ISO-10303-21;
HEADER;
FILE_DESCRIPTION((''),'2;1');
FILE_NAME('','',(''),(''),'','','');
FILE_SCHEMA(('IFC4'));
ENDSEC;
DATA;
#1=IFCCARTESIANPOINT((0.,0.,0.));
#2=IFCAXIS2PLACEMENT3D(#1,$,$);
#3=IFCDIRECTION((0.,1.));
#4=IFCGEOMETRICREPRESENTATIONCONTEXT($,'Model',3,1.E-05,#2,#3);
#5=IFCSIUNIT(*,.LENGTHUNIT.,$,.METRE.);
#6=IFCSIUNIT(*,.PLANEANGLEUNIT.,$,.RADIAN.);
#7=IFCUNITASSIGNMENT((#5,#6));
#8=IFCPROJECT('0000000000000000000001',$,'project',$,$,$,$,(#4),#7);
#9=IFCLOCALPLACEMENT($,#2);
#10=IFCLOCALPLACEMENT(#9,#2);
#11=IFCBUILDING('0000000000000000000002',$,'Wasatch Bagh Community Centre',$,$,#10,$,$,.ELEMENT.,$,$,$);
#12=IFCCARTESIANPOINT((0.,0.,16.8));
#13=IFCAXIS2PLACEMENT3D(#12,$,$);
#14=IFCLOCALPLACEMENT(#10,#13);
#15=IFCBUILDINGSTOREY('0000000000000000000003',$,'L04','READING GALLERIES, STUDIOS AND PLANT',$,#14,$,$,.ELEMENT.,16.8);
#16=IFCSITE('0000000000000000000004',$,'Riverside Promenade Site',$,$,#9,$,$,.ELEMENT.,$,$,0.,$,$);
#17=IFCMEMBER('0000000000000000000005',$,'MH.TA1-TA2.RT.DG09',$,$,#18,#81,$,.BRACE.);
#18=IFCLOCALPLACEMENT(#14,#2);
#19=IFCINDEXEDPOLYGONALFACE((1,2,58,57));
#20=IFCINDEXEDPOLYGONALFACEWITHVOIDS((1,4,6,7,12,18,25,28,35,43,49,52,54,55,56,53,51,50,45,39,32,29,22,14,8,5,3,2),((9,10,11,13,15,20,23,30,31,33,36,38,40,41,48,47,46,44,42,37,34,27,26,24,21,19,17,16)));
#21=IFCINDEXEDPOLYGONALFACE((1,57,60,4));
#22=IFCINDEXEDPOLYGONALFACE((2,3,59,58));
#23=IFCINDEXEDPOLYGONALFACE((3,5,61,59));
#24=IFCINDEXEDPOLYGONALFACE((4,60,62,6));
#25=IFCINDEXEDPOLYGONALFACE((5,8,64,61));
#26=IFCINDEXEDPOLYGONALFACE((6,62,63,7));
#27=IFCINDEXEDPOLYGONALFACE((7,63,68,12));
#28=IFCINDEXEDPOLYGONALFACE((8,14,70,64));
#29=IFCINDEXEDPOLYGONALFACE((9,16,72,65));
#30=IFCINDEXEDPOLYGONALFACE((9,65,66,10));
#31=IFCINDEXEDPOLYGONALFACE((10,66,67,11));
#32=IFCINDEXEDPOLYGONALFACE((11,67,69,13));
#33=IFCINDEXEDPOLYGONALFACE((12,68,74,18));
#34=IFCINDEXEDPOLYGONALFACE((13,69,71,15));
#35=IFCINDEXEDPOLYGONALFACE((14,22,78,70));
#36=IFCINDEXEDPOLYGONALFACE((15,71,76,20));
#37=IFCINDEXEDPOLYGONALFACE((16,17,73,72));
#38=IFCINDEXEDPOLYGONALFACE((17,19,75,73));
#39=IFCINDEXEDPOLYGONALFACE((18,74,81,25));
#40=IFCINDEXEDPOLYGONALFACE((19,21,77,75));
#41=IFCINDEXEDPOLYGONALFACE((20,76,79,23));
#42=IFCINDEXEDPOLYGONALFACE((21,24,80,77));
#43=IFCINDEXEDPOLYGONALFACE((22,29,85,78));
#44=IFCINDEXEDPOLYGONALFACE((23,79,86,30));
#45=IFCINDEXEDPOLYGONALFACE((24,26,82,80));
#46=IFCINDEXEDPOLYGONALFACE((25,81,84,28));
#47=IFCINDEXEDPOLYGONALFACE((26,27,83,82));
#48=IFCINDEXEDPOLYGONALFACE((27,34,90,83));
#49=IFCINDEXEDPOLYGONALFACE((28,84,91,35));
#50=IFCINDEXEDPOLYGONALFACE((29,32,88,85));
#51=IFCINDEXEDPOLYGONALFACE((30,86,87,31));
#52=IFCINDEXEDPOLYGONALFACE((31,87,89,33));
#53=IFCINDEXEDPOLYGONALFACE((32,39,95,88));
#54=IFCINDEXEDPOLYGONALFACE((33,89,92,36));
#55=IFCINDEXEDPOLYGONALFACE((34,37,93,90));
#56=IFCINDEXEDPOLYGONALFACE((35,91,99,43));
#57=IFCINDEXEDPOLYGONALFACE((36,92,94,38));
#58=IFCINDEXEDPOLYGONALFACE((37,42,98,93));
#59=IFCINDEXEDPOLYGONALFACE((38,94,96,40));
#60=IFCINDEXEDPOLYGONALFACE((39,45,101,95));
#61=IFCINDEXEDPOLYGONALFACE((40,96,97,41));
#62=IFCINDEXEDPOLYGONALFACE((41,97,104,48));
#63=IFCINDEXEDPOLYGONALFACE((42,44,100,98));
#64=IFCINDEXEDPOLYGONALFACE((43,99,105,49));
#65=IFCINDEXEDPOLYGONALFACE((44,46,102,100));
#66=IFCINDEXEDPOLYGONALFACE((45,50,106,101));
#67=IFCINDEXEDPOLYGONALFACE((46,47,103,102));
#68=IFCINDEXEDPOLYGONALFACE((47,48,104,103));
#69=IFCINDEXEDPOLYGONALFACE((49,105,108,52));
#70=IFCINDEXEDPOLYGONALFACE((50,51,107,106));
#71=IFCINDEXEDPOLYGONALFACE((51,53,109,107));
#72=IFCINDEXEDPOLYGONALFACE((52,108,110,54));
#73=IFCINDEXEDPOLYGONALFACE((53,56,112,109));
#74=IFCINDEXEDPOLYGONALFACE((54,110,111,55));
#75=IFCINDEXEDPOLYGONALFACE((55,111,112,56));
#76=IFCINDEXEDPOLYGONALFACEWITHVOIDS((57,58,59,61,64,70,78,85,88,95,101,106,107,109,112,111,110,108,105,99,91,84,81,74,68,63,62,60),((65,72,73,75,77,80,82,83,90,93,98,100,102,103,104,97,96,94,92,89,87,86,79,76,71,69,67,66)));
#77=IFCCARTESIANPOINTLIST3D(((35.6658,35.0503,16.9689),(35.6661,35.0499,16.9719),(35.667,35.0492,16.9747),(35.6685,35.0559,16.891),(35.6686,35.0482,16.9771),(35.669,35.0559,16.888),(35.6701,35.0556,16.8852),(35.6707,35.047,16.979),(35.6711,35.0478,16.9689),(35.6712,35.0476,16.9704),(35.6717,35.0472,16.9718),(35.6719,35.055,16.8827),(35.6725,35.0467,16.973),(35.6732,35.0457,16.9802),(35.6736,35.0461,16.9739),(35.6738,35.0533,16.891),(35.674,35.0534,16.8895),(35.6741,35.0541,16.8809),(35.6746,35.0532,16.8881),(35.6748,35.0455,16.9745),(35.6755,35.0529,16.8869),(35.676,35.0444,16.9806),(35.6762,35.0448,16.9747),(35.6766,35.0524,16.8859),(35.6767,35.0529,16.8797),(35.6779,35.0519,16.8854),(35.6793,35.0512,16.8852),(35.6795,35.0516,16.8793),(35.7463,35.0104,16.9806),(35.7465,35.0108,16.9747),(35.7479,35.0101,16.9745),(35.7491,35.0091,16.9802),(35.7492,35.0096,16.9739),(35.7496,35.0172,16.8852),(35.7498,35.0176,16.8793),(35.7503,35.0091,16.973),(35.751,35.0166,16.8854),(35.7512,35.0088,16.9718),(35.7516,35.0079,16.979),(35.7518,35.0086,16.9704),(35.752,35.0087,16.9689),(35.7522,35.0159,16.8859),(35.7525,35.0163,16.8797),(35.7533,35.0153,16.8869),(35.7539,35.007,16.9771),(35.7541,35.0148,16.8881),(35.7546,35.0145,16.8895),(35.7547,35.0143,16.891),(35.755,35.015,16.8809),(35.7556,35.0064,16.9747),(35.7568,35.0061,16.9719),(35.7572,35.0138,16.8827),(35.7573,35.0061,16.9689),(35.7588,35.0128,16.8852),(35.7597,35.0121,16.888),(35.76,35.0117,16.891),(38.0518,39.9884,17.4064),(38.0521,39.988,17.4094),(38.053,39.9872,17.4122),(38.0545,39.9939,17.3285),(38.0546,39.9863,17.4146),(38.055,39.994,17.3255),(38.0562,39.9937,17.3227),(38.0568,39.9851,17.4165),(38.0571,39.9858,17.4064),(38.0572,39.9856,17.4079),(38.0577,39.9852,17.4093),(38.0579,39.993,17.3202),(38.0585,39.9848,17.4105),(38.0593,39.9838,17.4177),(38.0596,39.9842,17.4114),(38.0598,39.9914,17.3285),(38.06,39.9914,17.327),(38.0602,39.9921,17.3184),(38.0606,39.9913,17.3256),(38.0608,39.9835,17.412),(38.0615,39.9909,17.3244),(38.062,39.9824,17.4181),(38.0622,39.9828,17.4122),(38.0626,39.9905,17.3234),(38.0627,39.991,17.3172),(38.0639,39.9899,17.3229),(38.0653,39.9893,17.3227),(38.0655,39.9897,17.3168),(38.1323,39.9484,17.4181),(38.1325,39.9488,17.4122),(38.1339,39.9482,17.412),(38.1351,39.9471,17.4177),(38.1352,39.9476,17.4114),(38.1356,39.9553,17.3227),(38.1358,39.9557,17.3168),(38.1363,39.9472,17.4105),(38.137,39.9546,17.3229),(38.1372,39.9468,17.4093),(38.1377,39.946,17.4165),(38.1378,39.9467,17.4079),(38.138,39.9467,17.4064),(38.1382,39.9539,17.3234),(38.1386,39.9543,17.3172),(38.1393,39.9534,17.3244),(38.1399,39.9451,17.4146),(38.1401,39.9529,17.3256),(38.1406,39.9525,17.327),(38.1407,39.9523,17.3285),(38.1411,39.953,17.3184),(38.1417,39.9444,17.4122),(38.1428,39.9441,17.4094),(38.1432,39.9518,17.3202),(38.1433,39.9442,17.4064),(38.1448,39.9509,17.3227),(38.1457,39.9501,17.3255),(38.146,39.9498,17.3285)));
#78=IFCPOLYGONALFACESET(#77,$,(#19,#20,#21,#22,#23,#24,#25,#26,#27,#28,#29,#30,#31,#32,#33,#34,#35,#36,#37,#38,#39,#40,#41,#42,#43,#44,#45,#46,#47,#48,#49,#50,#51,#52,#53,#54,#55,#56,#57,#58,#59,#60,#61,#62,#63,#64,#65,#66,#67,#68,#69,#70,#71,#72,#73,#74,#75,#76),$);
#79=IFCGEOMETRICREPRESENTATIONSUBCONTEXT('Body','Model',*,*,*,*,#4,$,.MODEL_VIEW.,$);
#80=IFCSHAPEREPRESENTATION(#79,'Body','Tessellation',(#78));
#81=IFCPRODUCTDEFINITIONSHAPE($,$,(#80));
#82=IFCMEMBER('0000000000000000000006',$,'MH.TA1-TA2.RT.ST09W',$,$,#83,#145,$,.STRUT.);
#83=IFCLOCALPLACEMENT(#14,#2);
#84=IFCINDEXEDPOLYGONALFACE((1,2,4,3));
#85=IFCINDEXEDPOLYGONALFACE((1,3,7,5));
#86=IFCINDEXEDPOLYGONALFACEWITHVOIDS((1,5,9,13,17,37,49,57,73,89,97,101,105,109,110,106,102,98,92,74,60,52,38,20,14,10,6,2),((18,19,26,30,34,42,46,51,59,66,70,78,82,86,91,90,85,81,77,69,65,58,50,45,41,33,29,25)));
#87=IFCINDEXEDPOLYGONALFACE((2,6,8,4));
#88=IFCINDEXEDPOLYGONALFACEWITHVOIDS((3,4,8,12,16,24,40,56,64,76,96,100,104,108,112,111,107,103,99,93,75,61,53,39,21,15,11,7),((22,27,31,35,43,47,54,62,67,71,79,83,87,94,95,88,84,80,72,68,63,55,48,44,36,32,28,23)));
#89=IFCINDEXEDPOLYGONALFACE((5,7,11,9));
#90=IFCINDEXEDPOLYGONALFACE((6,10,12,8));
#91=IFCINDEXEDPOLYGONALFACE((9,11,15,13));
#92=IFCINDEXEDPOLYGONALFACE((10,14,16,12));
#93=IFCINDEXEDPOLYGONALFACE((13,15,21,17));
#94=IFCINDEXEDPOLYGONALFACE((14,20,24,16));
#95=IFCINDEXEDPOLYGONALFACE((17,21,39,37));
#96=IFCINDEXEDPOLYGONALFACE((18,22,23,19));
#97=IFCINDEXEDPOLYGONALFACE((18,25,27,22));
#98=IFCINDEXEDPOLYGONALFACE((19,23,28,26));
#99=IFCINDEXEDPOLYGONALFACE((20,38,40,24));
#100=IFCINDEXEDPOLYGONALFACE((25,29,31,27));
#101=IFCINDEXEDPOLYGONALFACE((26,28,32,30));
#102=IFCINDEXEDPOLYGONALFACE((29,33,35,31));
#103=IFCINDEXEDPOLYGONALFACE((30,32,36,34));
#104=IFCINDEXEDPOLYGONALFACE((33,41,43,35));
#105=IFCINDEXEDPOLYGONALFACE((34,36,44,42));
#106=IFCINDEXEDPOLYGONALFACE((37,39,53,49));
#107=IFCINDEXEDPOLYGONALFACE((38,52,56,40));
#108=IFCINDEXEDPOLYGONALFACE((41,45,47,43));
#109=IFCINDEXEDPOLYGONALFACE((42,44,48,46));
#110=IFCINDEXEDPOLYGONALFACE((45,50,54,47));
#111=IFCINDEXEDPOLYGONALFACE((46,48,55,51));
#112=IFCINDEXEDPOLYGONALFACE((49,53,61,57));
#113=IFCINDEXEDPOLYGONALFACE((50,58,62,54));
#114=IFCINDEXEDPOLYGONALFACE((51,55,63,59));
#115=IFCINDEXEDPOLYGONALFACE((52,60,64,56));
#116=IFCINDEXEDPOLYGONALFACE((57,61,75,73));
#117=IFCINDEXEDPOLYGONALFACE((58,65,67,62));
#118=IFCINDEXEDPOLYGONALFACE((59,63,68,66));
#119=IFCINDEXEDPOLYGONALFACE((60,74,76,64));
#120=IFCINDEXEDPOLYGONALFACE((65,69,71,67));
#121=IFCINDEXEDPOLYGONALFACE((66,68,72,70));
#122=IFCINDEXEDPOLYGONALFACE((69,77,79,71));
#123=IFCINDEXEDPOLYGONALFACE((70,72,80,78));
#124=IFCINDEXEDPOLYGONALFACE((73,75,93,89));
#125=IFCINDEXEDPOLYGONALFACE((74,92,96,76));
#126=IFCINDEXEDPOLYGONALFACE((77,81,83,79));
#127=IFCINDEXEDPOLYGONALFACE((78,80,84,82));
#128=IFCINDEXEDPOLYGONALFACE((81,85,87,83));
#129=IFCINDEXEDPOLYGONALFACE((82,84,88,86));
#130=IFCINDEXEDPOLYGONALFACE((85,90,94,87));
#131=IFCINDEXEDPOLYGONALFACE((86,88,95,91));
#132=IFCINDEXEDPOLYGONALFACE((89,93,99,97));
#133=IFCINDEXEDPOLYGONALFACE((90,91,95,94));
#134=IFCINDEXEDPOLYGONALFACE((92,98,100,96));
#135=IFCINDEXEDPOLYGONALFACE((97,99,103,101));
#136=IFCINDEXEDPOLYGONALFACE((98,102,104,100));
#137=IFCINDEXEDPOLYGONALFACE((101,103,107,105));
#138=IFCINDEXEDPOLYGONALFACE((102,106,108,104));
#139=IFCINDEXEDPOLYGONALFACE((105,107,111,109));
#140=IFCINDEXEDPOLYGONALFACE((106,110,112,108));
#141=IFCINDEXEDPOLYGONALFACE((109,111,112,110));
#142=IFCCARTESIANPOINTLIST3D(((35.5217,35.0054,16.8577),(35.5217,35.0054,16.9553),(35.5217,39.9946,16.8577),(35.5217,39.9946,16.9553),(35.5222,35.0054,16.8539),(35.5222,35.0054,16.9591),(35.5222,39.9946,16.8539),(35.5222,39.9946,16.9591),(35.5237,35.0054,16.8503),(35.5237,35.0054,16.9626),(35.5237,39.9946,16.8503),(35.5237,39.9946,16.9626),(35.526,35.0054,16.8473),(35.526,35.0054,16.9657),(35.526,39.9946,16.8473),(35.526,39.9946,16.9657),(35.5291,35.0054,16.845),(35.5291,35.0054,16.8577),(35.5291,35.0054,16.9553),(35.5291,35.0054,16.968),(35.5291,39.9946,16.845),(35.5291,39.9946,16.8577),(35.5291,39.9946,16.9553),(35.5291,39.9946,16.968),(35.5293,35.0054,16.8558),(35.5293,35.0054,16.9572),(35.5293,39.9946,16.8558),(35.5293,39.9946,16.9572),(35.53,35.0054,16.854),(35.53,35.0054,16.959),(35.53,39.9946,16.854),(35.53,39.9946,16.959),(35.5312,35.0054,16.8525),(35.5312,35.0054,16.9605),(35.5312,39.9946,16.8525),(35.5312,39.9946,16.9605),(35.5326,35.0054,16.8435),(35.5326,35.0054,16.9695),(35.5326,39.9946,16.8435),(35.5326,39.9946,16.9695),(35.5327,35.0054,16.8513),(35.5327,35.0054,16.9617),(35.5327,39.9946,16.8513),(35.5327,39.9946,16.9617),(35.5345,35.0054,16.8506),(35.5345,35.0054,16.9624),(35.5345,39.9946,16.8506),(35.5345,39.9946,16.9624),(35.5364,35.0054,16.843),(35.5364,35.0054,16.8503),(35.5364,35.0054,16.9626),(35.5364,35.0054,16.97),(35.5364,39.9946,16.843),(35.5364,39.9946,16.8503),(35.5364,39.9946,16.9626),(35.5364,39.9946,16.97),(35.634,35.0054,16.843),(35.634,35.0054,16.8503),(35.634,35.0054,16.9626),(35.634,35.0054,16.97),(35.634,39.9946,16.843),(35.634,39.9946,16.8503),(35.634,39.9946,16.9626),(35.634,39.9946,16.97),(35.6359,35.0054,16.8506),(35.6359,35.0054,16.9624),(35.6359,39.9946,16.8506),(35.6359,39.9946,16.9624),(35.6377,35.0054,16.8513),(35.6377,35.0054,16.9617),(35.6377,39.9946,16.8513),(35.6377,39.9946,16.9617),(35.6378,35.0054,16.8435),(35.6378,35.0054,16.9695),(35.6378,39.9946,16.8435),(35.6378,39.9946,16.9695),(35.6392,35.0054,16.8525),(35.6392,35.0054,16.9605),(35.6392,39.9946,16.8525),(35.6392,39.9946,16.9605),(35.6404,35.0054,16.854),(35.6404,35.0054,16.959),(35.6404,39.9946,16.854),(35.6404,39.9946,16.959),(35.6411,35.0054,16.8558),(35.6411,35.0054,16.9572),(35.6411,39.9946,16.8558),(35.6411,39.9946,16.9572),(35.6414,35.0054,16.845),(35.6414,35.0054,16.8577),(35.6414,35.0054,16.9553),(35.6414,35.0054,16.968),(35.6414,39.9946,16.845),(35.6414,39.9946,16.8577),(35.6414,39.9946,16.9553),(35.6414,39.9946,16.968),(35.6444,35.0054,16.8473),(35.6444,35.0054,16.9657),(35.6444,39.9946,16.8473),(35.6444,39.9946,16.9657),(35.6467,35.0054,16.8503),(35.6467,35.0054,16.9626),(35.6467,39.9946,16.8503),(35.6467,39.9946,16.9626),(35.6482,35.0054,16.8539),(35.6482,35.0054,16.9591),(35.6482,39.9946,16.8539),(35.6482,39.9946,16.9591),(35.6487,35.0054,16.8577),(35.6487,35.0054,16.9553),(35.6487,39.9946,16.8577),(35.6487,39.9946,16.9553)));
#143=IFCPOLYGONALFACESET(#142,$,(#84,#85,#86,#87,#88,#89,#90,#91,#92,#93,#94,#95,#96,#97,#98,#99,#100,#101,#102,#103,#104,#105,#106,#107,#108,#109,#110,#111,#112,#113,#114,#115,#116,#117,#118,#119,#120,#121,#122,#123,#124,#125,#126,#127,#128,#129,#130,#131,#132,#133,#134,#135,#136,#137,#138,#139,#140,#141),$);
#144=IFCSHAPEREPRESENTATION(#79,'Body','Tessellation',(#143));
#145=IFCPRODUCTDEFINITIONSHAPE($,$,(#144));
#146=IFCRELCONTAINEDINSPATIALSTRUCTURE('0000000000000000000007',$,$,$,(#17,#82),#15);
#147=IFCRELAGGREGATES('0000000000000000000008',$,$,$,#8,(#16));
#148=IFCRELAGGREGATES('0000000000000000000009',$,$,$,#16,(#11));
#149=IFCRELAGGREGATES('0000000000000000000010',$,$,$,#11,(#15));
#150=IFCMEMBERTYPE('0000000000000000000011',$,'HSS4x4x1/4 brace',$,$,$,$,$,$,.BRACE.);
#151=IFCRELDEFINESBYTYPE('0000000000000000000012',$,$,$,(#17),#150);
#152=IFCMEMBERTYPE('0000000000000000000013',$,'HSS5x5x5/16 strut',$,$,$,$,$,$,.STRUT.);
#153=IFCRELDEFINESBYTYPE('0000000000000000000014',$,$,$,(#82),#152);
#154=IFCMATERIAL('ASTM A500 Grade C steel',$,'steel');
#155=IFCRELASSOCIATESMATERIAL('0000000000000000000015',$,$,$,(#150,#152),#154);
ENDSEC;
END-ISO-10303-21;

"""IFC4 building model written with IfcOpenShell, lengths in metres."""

from ifc_helpers import new_model, si_unit, direction, frame, origin, origin_2d, place, context, subcontext, project, spatial, hollow_rectangle, extrude, material, material_profile, profile_set, type_object, element, save


model = new_model("IFC4")

# Units and contexts
model_context = context("Model", 3, precision=1e-05, world=origin(), true_north=direction((0.0, 1.0)))
body_context = subcontext(model_context, "Body", "Model", "MODEL_VIEW")
ifc_project = project(units=[si_unit("LENGTHUNIT", "METRE"), si_unit("PLANEANGLEUNIT", "RADIAN")], contexts=[model_context])

# Site, building, storey
site_placement = place(None, origin())
site = spatial("IfcSite", under=ifc_project, at=site_placement, Name="Riverside Promenade Site", CompositionType="ELEMENT", RefElevation=0.0)
building_placement = place(site_placement, origin())
building = spatial("IfcBuilding", under=site, at=building_placement, Name="Wasatch Bagh Community Centre", CompositionType="ELEMENT")
storey_placement = place(building_placement, frame((0.0, 0.0, 16.8)))
storey = spatial("IfcBuildingStorey", under=building, at=storey_placement, Name="L04", Description="READING GALLERIES, STUDIOS AND PLANT", CompositionType="ELEMENT", Elevation=16.8)

# Members
ifc_material_1 = material(Name="ASTM A500 Grade C steel", Category="steel")
ifc_material_profile_1 = material_profile(ifc_material_1, hollow_rectangle(XDim=0.1016, YDim=0.1016, WallThickness=0.0059, InnerFilletRadius=0.0059, OuterFilletRadius=0.0117, at=origin_2d()), Name="HSS4x4x1/4")
ifc_profile_set_1 = profile_set([ifc_material_profile_1], Name="ASTM A500 Grade C steel")
member_type_1 = type_object("IfcMemberType", Name="HSS4x4x1/4 brace", PredefinedType="BRACE", material=ifc_profile_set_1)
member_1_placement = place(storey_placement, frame((35.7129, 35.031, 16.9299), z_axis=(0.433686, 0.897548, 0.079522), x_axis=(-0.9004, 0.435064, 0.0)))
element("IfcMember", 1, at=member_1_placement, inside=storey, type_object=member_type_1, Name="MH.TA1-TA2.RT.DG09", PredefinedType="BRACE", context=body_context, shape_type="SweptSolid", body=[
    extrude(hollow_rectangle(XDim=0.1016, YDim=0.1016, WallThickness=0.0059, InnerFilletRadius=0.0059, OuterFilletRadius=0.0117, at=origin_2d()), origin(), (0.0, 0.0, 1.0), 5.5017),
])
ifc_material_profile_2 = material_profile(ifc_material_1, hollow_rectangle(XDim=0.127, YDim=0.127, WallThickness=0.0073, InnerFilletRadius=0.0073, OuterFilletRadius=0.0146, at=origin_2d()), Name="HSS5x5x5/16")
ifc_profile_set_2 = profile_set([ifc_material_profile_2], Name="ASTM A500 Grade C steel")
member_type_2 = type_object("IfcMemberType", Name="HSS5x5x5/16 strut", PredefinedType="STRUT", material=ifc_profile_set_2)
for number, where, z_axis, x_axis, name in (
    (2, (35.5852, 35.0054, 16.9065), (0.0, 1.0, 0.0), (-1.0, 0.0, 0.0), "MH.TA1-TA2.RT.ST09W"),
):
    element("IfcMember", number, at=place(storey_placement, frame(where, z_axis=z_axis, x_axis=x_axis)), inside=storey, type_object=member_type_2, Name=name, PredefinedType="STRUT", context=body_context, shape_type="SweptSolid", body=[
        extrude(hollow_rectangle(XDim=0.127, YDim=0.127, WallThickness=0.0073, InnerFilletRadius=0.0073, OuterFilletRadius=0.0146, at=origin_2d()), origin(), (0.0, 0.0, 1.0), 4.9893),
    ])

save(model, "model.ifc")
